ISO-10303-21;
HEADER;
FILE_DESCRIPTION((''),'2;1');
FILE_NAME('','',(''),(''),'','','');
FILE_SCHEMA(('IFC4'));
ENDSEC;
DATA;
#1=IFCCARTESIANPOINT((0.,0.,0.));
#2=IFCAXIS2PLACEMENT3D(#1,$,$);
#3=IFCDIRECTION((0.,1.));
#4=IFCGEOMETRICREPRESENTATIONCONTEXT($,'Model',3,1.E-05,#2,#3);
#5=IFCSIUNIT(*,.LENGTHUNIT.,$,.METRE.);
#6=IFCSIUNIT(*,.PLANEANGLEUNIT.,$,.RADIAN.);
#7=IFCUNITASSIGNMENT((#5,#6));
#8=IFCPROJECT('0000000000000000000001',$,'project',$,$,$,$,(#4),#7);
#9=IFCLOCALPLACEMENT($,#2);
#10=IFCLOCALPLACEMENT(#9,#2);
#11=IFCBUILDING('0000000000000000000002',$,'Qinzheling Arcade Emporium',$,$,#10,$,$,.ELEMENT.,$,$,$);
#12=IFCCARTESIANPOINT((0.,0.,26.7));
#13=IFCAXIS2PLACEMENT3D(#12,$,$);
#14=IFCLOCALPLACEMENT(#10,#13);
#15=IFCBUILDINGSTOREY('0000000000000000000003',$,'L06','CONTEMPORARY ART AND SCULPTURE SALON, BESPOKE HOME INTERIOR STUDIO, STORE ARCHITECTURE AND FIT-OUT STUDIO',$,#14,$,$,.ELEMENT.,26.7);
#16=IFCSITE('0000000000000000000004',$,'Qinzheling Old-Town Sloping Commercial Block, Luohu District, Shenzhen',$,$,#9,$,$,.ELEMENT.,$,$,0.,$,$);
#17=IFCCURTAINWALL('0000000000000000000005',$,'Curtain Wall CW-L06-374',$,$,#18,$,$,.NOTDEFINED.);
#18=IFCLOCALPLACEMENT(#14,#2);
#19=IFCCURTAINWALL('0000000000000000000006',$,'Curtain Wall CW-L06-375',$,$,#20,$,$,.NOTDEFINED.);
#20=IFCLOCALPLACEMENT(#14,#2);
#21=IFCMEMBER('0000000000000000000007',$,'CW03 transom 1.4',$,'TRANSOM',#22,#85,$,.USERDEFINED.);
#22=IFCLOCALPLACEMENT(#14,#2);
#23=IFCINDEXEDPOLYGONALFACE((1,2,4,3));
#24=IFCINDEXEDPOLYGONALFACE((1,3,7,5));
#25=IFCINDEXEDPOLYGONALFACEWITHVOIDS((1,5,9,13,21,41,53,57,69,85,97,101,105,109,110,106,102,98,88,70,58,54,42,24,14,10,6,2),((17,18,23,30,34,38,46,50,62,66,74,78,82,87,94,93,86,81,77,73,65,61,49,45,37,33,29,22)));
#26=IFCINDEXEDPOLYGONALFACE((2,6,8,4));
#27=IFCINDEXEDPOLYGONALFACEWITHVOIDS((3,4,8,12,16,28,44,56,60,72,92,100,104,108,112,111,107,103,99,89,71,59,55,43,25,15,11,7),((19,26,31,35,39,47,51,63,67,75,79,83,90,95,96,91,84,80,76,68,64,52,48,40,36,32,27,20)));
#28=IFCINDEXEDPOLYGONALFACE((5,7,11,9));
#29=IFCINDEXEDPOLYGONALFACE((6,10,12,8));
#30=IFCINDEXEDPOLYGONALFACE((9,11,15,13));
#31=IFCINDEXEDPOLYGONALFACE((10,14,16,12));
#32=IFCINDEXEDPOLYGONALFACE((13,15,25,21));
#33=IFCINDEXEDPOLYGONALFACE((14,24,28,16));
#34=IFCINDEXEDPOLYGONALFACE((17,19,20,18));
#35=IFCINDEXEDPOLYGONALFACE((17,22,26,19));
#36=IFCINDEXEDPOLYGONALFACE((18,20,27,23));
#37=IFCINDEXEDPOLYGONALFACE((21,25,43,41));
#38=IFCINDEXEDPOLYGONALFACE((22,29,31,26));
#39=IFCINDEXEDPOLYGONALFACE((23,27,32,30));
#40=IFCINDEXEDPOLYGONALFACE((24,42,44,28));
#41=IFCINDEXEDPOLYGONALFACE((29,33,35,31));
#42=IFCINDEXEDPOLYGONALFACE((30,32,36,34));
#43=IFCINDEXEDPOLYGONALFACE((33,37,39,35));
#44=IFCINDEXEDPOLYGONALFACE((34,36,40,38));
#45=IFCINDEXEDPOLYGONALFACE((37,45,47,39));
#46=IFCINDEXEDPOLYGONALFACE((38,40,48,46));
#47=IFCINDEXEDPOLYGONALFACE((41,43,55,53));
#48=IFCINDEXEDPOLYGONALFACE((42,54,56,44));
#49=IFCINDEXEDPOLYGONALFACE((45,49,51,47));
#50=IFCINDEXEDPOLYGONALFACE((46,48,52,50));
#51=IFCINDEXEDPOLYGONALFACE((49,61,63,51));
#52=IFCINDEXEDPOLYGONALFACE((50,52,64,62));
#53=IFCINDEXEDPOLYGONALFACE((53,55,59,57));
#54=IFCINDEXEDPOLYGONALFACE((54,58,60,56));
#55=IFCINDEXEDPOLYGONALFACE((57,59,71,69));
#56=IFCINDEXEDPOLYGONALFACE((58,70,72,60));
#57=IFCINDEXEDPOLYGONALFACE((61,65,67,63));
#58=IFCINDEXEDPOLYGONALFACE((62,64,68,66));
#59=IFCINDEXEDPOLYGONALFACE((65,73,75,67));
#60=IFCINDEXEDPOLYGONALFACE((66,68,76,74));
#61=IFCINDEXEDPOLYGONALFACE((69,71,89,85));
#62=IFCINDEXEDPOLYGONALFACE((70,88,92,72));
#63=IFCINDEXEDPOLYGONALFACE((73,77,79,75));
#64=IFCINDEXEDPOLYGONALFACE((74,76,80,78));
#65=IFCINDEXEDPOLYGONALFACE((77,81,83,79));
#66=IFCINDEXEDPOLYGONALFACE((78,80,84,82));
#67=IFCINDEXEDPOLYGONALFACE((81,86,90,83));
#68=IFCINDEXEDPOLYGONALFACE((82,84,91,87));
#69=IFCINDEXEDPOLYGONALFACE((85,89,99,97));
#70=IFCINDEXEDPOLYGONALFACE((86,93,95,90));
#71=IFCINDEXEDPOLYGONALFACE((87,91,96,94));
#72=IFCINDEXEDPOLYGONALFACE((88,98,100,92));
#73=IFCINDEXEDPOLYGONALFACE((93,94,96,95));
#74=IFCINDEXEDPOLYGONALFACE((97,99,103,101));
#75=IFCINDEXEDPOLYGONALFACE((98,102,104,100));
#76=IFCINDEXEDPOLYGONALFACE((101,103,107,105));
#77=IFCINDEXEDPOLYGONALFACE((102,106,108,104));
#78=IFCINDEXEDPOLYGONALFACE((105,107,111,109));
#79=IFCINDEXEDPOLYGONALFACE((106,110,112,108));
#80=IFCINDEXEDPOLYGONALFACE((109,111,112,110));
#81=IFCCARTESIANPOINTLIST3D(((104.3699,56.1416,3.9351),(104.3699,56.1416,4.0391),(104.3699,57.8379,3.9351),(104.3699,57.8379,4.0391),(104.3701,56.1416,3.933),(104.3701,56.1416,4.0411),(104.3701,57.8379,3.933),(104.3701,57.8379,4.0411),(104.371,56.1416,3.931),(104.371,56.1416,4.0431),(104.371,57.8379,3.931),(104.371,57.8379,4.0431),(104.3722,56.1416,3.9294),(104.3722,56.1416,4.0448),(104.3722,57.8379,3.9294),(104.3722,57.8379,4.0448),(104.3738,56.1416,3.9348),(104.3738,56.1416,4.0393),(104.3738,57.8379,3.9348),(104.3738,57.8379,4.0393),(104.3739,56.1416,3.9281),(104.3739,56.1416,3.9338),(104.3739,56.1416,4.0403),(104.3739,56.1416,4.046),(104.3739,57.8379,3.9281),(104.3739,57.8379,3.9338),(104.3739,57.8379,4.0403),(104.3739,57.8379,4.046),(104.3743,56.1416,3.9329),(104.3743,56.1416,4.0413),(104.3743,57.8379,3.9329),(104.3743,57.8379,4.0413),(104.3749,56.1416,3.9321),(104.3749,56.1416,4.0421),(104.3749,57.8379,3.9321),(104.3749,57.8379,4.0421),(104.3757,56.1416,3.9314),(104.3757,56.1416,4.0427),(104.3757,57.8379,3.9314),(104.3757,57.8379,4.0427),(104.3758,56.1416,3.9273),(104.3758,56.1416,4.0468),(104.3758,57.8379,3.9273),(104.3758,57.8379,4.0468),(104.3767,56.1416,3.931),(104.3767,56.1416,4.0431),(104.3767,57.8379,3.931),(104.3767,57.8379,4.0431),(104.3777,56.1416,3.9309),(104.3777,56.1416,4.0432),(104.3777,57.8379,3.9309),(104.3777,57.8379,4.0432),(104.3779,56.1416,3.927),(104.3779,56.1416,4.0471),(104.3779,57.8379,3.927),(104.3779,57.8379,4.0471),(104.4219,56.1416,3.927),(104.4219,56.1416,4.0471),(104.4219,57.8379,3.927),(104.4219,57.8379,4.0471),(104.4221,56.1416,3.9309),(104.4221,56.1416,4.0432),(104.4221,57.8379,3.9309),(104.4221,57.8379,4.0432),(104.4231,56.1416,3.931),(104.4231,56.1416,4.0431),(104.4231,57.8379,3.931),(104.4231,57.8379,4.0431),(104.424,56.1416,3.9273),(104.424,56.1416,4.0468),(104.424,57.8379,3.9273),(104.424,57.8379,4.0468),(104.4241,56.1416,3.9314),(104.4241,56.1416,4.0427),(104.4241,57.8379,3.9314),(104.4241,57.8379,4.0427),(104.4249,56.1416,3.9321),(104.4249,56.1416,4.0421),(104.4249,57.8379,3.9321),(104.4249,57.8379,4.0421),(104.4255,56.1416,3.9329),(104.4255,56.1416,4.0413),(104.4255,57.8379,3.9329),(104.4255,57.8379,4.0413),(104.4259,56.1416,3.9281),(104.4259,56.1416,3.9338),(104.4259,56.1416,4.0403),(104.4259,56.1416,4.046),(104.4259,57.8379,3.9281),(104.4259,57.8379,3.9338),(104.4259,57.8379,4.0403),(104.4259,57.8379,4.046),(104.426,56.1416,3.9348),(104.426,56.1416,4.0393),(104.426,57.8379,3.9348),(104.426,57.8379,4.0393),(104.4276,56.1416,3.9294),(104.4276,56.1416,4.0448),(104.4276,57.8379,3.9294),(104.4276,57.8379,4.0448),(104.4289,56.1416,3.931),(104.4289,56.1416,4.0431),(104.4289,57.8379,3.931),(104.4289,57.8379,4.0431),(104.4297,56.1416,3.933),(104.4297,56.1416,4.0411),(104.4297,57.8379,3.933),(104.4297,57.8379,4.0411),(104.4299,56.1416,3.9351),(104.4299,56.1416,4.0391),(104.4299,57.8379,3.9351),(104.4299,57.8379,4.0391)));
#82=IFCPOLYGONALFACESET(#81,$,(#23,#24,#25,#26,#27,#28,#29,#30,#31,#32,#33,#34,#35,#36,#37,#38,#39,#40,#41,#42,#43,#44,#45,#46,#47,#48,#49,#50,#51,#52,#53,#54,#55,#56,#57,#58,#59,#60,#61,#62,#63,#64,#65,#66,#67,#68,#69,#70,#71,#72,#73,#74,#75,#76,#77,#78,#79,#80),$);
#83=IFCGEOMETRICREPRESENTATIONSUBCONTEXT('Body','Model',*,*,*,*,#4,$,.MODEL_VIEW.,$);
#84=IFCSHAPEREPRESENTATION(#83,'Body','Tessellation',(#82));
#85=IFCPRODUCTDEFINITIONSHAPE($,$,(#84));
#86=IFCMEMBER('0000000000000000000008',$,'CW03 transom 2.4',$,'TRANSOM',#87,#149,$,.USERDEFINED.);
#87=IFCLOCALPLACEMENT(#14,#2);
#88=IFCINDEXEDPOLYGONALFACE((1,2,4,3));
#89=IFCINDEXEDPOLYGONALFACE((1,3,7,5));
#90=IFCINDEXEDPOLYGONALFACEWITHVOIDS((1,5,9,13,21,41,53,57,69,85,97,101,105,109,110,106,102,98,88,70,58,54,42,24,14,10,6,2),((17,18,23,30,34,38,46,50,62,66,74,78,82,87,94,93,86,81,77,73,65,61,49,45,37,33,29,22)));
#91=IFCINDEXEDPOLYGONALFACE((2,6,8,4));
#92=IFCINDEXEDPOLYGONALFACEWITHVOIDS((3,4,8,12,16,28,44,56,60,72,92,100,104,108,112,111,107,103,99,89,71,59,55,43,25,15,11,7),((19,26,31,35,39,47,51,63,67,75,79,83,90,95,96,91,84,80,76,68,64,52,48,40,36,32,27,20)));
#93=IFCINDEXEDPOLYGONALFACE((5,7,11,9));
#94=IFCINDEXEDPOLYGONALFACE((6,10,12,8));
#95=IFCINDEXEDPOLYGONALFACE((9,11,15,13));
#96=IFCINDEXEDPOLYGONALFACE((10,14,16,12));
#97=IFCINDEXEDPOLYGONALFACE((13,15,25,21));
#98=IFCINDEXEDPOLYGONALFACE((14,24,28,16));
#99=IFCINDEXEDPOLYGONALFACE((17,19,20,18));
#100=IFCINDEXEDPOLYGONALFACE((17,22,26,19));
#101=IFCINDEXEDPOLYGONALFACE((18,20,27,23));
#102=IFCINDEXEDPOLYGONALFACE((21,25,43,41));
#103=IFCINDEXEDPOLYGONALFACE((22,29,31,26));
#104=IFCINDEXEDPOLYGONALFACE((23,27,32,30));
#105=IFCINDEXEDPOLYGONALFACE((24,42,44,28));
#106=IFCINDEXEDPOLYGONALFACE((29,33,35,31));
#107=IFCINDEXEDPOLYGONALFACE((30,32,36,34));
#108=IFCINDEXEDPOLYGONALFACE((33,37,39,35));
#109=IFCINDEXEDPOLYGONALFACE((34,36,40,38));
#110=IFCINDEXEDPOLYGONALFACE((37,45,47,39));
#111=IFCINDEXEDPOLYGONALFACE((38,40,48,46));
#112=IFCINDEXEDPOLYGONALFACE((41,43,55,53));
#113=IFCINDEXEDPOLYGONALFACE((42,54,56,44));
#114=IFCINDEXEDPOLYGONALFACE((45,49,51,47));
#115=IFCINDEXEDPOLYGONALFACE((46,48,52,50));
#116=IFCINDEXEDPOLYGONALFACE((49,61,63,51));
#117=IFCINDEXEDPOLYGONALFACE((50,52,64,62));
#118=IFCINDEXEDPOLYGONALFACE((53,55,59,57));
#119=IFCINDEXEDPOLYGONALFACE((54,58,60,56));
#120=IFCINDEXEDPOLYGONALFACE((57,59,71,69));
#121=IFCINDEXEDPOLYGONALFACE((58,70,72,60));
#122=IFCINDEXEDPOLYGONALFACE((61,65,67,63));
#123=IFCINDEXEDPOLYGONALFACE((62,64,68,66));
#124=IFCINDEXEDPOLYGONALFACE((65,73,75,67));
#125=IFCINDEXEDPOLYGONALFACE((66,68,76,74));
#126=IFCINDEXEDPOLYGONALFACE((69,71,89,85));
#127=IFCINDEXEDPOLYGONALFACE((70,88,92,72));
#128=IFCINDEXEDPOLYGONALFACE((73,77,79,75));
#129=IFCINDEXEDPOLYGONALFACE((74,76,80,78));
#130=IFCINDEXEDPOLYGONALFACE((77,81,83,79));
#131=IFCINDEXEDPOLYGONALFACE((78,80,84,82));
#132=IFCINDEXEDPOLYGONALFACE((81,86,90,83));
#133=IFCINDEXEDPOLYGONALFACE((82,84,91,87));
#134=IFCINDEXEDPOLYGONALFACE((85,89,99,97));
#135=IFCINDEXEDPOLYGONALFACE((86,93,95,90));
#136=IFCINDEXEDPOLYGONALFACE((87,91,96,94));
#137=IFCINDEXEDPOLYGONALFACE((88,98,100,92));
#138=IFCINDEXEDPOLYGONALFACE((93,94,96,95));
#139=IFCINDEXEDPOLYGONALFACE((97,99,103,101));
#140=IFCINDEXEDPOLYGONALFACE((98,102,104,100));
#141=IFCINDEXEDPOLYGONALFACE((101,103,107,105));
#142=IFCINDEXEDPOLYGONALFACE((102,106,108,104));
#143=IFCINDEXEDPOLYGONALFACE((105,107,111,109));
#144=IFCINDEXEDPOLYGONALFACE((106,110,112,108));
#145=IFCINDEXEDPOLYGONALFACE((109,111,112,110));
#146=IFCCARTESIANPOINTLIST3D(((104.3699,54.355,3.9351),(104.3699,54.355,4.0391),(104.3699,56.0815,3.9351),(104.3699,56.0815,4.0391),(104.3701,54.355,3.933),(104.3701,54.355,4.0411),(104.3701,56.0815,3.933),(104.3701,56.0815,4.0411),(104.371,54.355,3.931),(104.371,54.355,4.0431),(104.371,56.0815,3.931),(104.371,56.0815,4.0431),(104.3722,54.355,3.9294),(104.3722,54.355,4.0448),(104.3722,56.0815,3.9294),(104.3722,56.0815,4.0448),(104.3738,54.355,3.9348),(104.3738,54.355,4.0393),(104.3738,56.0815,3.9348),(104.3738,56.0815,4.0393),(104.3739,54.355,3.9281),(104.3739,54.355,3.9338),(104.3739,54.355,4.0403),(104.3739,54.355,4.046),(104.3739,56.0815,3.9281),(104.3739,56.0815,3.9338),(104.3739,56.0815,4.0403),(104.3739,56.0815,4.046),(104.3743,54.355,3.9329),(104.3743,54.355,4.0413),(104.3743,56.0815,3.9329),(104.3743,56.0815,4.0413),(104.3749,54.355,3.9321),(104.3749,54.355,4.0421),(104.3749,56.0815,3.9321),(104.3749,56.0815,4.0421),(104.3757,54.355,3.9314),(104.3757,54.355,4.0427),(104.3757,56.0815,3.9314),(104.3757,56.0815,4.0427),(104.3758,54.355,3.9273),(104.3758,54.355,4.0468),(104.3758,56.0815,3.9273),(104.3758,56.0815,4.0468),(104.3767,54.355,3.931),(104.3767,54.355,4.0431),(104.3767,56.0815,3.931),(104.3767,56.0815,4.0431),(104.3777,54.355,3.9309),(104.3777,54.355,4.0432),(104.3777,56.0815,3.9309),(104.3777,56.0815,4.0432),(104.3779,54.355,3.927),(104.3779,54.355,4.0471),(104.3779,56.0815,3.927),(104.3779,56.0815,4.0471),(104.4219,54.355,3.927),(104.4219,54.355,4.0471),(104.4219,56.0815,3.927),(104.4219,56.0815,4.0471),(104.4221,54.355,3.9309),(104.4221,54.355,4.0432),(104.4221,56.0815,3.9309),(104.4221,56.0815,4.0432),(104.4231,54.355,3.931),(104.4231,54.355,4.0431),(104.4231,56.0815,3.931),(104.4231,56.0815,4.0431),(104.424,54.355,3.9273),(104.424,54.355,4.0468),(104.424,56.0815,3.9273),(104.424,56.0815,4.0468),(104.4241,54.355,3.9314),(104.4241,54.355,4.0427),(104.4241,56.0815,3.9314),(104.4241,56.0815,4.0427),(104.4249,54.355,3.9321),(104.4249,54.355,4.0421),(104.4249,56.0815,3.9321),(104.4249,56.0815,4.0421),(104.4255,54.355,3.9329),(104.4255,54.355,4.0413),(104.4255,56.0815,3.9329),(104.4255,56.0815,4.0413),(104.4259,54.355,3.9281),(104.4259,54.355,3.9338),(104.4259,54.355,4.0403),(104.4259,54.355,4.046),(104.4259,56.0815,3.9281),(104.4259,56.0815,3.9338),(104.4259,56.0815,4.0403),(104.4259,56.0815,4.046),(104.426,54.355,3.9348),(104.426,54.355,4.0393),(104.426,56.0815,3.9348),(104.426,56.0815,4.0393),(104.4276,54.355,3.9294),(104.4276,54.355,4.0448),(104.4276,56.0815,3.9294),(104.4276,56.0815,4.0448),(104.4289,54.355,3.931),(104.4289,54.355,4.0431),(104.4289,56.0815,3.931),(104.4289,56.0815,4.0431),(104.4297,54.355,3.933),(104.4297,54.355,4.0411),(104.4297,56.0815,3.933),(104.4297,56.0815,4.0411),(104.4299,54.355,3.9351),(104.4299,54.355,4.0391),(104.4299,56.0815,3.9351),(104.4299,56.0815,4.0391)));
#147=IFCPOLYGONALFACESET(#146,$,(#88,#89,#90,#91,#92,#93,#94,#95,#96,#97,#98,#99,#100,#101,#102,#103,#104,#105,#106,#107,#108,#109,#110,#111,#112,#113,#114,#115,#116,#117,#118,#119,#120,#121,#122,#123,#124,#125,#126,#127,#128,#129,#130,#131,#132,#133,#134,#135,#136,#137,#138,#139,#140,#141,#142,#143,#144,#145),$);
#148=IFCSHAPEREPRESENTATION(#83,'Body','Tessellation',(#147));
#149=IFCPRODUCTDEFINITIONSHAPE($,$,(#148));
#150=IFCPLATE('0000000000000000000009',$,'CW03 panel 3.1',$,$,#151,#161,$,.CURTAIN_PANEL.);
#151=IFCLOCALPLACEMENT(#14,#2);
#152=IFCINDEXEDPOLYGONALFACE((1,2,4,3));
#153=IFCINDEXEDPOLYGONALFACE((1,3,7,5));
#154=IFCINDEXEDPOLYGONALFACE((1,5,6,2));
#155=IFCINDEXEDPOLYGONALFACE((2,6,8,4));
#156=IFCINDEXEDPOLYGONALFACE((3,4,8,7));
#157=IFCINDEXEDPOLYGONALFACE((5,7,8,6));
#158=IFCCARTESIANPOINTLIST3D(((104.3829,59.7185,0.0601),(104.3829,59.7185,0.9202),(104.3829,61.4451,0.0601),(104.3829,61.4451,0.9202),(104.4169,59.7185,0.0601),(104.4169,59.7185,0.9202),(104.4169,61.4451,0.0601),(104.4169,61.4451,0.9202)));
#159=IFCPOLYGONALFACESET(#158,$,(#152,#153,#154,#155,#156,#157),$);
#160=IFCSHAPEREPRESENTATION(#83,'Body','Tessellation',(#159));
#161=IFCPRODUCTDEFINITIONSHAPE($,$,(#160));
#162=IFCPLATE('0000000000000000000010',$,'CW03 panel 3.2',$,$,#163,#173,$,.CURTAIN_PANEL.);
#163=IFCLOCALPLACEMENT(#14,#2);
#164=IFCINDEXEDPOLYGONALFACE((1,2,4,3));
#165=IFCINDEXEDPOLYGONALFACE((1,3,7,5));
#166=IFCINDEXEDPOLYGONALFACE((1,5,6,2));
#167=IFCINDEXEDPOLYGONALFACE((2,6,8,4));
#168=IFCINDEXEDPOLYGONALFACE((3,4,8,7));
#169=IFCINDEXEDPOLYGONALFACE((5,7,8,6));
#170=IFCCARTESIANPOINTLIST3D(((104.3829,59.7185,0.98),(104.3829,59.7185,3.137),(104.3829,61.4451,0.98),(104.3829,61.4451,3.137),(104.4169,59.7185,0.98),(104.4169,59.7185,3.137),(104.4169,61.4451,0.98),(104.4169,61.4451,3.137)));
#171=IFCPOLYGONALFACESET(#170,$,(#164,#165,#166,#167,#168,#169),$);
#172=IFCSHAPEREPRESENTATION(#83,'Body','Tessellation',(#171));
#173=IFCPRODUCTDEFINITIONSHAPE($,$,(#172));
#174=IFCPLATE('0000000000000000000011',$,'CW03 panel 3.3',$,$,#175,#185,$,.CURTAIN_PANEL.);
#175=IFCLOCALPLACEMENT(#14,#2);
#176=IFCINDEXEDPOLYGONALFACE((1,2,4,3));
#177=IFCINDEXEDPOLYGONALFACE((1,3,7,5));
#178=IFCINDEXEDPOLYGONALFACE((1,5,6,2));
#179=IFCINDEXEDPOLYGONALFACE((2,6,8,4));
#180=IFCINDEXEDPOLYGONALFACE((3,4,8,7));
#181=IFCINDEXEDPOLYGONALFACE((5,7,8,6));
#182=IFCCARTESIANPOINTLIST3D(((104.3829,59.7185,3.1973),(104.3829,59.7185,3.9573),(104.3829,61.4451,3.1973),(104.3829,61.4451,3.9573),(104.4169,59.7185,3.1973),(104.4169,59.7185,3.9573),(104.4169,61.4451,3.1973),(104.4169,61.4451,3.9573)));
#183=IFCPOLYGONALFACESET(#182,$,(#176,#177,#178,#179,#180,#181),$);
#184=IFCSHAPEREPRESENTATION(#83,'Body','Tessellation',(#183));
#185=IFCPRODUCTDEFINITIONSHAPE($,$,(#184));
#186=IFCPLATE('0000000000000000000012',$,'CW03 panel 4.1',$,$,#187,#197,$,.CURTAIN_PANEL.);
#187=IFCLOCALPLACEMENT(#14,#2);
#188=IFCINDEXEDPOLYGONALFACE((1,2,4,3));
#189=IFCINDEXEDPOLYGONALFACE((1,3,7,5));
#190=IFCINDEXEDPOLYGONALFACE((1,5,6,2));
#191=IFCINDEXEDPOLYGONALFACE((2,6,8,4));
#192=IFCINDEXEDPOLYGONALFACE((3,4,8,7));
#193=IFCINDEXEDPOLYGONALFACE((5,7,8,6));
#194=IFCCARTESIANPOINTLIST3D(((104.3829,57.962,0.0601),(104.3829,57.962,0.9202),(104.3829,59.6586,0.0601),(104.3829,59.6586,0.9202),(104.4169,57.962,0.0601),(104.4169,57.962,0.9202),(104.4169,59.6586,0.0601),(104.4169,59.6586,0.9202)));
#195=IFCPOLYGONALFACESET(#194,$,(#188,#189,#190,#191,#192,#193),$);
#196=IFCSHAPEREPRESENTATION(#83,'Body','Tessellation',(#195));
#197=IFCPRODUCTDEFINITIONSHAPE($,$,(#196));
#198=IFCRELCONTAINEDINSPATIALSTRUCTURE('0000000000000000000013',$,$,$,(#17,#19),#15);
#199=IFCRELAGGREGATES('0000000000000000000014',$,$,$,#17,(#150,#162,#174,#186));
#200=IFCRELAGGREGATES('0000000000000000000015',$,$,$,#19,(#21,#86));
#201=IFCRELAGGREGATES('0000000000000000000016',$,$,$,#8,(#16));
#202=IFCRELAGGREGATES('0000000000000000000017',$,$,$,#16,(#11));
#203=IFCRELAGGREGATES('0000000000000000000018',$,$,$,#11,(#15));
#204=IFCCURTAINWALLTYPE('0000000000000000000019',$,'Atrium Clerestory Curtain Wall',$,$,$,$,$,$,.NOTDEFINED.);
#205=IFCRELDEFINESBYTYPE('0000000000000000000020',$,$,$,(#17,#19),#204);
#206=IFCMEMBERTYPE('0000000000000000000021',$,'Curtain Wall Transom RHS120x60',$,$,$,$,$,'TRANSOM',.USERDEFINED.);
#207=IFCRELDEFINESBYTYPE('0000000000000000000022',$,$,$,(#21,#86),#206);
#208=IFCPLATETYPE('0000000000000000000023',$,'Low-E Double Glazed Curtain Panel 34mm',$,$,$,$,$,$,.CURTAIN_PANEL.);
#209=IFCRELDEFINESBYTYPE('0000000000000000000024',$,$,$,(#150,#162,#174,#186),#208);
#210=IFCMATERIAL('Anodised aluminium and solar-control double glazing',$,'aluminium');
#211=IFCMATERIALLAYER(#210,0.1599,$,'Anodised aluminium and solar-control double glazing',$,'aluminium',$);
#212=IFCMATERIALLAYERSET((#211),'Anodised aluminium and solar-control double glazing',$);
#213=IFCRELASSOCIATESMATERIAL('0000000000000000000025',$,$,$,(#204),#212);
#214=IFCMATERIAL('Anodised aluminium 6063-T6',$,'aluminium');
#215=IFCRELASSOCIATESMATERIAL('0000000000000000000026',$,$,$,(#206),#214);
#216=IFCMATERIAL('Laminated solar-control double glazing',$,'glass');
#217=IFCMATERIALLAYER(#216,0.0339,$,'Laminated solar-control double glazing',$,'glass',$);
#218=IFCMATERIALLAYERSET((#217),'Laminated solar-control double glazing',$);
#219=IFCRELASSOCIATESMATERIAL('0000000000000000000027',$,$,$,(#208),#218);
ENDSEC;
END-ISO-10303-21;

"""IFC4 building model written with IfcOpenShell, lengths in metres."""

from ifc_helpers import new_model, si_unit, direction, frame, origin, origin_2d, place, context, subcontext, project, spatial, rectangle, hollow_rectangle, extrude, material, layer, layer_set, material_profile, profile_set, type_object, element, aggregate, save


model = new_model("IFC4")

# Units and contexts
model_context = context("Model", 3, precision=1e-05, world=origin(), true_north=direction((0.0, 1.0)))
body_context = subcontext(model_context, "Body", "Model", "MODEL_VIEW")
ifc_project = project(units=[si_unit("LENGTHUNIT", "METRE"), si_unit("PLANEANGLEUNIT", "RADIAN")], contexts=[model_context])

# Site, building, storey
site_placement = place(None, origin())
site = spatial("IfcSite", under=ifc_project, at=site_placement, Name="Qinzheling Old-Town Sloping Commercial Block, Luohu District, Shenzhen", CompositionType="ELEMENT", RefElevation=0.0)
building_placement = place(site_placement, origin())
building = spatial("IfcBuilding", under=site, at=building_placement, Name="Qinzheling Arcade Emporium", CompositionType="ELEMENT")
storey_placement = place(building_placement, frame((0.0, 0.0, 26.7)))
storey = spatial("IfcBuildingStorey", under=building, at=storey_placement, Name="L06", Description="CONTEMPORARY ART AND SCULPTURE SALON, BESPOKE HOME INTERIOR STUDIO, STORE ARCHITECTURE AND FIT-OUT STUDIO", CompositionType="ELEMENT", Elevation=26.7)

# Curtain walls
ifc_material_1 = material(Name="Anodised aluminium and solar-control double glazing", Category="aluminium")
ifc_layer_1 = layer(ifc_material_1, 0.1599, Name="Anodised aluminium and solar-control double glazing", Category="aluminium")
ifc_layer_set_1 = layer_set([ifc_layer_1], Name="Anodised aluminium and solar-control double glazing")
curtain_wall_type = type_object("IfcCurtainWallType", Name="Atrium Clerestory Curtain Wall", PredefinedType="NOTDEFINED", material=ifc_layer_set_1)
curtain_wall_1_placement = place(storey_placement, origin())
curtain_wall_1 = element("IfcCurtainWall", 1, at=curtain_wall_1_placement, inside=storey, type_object=curtain_wall_type, Name="Curtain Wall CW-L06-374", PredefinedType="NOTDEFINED")
ifc_material_2 = material(Name="Anodised aluminium 6063-T6", Category="aluminium")
curtain_wall_2_placement = place(storey_placement, origin())
curtain_wall_2 = element("IfcCurtainWall", 2, at=curtain_wall_2_placement, inside=storey, type_object=curtain_wall_type, Name="Curtain Wall CW-L06-375", PredefinedType="NOTDEFINED")

# Members
ifc_material_profile_1 = material_profile(ifc_material_2, hollow_rectangle(XDim=0.0601, YDim=0.1201, WallThickness=0.0039, InnerFilletRadius=0.0039, OuterFilletRadius=0.0081, at=origin_2d()), Name="RHS 120x60x4", Category="aluminium")
ifc_profile_set_1 = profile_set([ifc_material_profile_1], Name="Anodised aluminium 6063-T6")
member_type_1 = type_object("IfcMemberType", Name="Curtain Wall Transom RHS120x60", ElementType="TRANSOM", PredefinedType="USERDEFINED", material=ifc_profile_set_1)
member_1_placement = place(storey_placement, frame((104.3999, 57.8379, 3.9871), z_axis=(0.0, -1.0, 0.0), x_axis=(1.0, 0.0, 0.0)))
member_1 = element("IfcMember", 3, at=member_1_placement, type_object=member_type_1, Name="CW03 transom 1.4", ObjectType="TRANSOM", PredefinedType="USERDEFINED", context=body_context, shape_type="SweptSolid", body=[
    extrude(hollow_rectangle(XDim=0.0601, YDim=0.1201, WallThickness=0.0039, InnerFilletRadius=0.0039, OuterFilletRadius=0.0081, at=origin_2d()), origin(), (0.0, 0.0, 1.0), 1.6963),
])
member_2_placement = place(storey_placement, frame((104.3999, 56.0815, 3.9871), z_axis=(0.0, -1.0, 0.0), x_axis=(1.0, 0.0, 0.0)))
member_2 = element("IfcMember", 4, at=member_2_placement, type_object=member_type_1, Name="CW03 transom 2.4", ObjectType="TRANSOM", PredefinedType="USERDEFINED", context=body_context, shape_type="SweptSolid", body=[
    extrude(hollow_rectangle(XDim=0.0601, YDim=0.1201, WallThickness=0.0039, InnerFilletRadius=0.0039, OuterFilletRadius=0.0081, at=origin_2d()), origin(), (0.0, 0.0, 1.0), 1.7266),
])

# Plates
ifc_material_3 = material(Name="Laminated solar-control double glazing", Category="glass")
ifc_layer_2 = layer(ifc_material_3, 0.0339, Name="Laminated solar-control double glazing", Category="glass")
ifc_layer_set_2 = layer_set([ifc_layer_2], Name="Laminated solar-control double glazing")
plate_type_1 = type_object("IfcPlateType", Name="Low-E Double Glazed Curtain Panel 34mm", PredefinedType="CURTAIN_PANEL", material=ifc_layer_set_2)
plate_1_placement = place(storey_placement, frame((104.3999, 60.5818, 0.0601), z_axis=(0.0, 0.0, 1.0), x_axis=(0.0, -1.0, 0.0)))
plate_1 = element("IfcPlate", 5, at=plate_1_placement, type_object=plate_type_1, Name="CW03 panel 3.1", PredefinedType="CURTAIN_PANEL", context=body_context, shape_type="SweptSolid", body=[
    extrude(rectangle(XDim=1.7266, YDim=0.0339, at=origin_2d()), origin(), (0.0, 0.0, 1.0), 0.8601),
])
plate_2_placement = place(storey_placement, frame((104.3999, 60.5818, 0.98), z_axis=(0.0, 0.0, 1.0), x_axis=(0.0, -1.0, 0.0)))
plate_2 = element("IfcPlate", 6, at=plate_2_placement, type_object=plate_type_1, Name="CW03 panel 3.2", PredefinedType="CURTAIN_PANEL", context=body_context, shape_type="SweptSolid", body=[
    extrude(rectangle(XDim=1.7266, YDim=0.0339, at=origin_2d()), origin(), (0.0, 0.0, 1.0), 2.157),
])
plate_3_placement = place(storey_placement, frame((104.3999, 60.5818, 3.1973), z_axis=(0.0, 0.0, 1.0), x_axis=(0.0, -1.0, 0.0)))
plate_3 = element("IfcPlate", 7, at=plate_3_placement, type_object=plate_type_1, Name="CW03 panel 3.3", PredefinedType="CURTAIN_PANEL", context=body_context, shape_type="SweptSolid", body=[
    extrude(rectangle(XDim=1.7266, YDim=0.0339, at=origin_2d()), origin(), (0.0, 0.0, 1.0), 0.76),
])
plate_4_placement = place(storey_placement, frame((104.3999, 58.8103, 0.0601), z_axis=(0.0, 0.0, 1.0), x_axis=(0.0, -1.0, 0.0)))
plate_4 = element("IfcPlate", 8, at=plate_4_placement, type_object=plate_type_1, Name="CW03 panel 4.1", PredefinedType="CURTAIN_PANEL", context=body_context, shape_type="SweptSolid", body=[
    extrude(rectangle(XDim=1.6965, YDim=0.0339, at=origin_2d()), origin(), (0.0, 0.0, 1.0), 0.8601),
])
aggregate(curtain_wall_1, [plate_1, plate_2, plate_3, plate_4])
aggregate(curtain_wall_2, [member_1, member_2])

save(model, "model.ifc")
